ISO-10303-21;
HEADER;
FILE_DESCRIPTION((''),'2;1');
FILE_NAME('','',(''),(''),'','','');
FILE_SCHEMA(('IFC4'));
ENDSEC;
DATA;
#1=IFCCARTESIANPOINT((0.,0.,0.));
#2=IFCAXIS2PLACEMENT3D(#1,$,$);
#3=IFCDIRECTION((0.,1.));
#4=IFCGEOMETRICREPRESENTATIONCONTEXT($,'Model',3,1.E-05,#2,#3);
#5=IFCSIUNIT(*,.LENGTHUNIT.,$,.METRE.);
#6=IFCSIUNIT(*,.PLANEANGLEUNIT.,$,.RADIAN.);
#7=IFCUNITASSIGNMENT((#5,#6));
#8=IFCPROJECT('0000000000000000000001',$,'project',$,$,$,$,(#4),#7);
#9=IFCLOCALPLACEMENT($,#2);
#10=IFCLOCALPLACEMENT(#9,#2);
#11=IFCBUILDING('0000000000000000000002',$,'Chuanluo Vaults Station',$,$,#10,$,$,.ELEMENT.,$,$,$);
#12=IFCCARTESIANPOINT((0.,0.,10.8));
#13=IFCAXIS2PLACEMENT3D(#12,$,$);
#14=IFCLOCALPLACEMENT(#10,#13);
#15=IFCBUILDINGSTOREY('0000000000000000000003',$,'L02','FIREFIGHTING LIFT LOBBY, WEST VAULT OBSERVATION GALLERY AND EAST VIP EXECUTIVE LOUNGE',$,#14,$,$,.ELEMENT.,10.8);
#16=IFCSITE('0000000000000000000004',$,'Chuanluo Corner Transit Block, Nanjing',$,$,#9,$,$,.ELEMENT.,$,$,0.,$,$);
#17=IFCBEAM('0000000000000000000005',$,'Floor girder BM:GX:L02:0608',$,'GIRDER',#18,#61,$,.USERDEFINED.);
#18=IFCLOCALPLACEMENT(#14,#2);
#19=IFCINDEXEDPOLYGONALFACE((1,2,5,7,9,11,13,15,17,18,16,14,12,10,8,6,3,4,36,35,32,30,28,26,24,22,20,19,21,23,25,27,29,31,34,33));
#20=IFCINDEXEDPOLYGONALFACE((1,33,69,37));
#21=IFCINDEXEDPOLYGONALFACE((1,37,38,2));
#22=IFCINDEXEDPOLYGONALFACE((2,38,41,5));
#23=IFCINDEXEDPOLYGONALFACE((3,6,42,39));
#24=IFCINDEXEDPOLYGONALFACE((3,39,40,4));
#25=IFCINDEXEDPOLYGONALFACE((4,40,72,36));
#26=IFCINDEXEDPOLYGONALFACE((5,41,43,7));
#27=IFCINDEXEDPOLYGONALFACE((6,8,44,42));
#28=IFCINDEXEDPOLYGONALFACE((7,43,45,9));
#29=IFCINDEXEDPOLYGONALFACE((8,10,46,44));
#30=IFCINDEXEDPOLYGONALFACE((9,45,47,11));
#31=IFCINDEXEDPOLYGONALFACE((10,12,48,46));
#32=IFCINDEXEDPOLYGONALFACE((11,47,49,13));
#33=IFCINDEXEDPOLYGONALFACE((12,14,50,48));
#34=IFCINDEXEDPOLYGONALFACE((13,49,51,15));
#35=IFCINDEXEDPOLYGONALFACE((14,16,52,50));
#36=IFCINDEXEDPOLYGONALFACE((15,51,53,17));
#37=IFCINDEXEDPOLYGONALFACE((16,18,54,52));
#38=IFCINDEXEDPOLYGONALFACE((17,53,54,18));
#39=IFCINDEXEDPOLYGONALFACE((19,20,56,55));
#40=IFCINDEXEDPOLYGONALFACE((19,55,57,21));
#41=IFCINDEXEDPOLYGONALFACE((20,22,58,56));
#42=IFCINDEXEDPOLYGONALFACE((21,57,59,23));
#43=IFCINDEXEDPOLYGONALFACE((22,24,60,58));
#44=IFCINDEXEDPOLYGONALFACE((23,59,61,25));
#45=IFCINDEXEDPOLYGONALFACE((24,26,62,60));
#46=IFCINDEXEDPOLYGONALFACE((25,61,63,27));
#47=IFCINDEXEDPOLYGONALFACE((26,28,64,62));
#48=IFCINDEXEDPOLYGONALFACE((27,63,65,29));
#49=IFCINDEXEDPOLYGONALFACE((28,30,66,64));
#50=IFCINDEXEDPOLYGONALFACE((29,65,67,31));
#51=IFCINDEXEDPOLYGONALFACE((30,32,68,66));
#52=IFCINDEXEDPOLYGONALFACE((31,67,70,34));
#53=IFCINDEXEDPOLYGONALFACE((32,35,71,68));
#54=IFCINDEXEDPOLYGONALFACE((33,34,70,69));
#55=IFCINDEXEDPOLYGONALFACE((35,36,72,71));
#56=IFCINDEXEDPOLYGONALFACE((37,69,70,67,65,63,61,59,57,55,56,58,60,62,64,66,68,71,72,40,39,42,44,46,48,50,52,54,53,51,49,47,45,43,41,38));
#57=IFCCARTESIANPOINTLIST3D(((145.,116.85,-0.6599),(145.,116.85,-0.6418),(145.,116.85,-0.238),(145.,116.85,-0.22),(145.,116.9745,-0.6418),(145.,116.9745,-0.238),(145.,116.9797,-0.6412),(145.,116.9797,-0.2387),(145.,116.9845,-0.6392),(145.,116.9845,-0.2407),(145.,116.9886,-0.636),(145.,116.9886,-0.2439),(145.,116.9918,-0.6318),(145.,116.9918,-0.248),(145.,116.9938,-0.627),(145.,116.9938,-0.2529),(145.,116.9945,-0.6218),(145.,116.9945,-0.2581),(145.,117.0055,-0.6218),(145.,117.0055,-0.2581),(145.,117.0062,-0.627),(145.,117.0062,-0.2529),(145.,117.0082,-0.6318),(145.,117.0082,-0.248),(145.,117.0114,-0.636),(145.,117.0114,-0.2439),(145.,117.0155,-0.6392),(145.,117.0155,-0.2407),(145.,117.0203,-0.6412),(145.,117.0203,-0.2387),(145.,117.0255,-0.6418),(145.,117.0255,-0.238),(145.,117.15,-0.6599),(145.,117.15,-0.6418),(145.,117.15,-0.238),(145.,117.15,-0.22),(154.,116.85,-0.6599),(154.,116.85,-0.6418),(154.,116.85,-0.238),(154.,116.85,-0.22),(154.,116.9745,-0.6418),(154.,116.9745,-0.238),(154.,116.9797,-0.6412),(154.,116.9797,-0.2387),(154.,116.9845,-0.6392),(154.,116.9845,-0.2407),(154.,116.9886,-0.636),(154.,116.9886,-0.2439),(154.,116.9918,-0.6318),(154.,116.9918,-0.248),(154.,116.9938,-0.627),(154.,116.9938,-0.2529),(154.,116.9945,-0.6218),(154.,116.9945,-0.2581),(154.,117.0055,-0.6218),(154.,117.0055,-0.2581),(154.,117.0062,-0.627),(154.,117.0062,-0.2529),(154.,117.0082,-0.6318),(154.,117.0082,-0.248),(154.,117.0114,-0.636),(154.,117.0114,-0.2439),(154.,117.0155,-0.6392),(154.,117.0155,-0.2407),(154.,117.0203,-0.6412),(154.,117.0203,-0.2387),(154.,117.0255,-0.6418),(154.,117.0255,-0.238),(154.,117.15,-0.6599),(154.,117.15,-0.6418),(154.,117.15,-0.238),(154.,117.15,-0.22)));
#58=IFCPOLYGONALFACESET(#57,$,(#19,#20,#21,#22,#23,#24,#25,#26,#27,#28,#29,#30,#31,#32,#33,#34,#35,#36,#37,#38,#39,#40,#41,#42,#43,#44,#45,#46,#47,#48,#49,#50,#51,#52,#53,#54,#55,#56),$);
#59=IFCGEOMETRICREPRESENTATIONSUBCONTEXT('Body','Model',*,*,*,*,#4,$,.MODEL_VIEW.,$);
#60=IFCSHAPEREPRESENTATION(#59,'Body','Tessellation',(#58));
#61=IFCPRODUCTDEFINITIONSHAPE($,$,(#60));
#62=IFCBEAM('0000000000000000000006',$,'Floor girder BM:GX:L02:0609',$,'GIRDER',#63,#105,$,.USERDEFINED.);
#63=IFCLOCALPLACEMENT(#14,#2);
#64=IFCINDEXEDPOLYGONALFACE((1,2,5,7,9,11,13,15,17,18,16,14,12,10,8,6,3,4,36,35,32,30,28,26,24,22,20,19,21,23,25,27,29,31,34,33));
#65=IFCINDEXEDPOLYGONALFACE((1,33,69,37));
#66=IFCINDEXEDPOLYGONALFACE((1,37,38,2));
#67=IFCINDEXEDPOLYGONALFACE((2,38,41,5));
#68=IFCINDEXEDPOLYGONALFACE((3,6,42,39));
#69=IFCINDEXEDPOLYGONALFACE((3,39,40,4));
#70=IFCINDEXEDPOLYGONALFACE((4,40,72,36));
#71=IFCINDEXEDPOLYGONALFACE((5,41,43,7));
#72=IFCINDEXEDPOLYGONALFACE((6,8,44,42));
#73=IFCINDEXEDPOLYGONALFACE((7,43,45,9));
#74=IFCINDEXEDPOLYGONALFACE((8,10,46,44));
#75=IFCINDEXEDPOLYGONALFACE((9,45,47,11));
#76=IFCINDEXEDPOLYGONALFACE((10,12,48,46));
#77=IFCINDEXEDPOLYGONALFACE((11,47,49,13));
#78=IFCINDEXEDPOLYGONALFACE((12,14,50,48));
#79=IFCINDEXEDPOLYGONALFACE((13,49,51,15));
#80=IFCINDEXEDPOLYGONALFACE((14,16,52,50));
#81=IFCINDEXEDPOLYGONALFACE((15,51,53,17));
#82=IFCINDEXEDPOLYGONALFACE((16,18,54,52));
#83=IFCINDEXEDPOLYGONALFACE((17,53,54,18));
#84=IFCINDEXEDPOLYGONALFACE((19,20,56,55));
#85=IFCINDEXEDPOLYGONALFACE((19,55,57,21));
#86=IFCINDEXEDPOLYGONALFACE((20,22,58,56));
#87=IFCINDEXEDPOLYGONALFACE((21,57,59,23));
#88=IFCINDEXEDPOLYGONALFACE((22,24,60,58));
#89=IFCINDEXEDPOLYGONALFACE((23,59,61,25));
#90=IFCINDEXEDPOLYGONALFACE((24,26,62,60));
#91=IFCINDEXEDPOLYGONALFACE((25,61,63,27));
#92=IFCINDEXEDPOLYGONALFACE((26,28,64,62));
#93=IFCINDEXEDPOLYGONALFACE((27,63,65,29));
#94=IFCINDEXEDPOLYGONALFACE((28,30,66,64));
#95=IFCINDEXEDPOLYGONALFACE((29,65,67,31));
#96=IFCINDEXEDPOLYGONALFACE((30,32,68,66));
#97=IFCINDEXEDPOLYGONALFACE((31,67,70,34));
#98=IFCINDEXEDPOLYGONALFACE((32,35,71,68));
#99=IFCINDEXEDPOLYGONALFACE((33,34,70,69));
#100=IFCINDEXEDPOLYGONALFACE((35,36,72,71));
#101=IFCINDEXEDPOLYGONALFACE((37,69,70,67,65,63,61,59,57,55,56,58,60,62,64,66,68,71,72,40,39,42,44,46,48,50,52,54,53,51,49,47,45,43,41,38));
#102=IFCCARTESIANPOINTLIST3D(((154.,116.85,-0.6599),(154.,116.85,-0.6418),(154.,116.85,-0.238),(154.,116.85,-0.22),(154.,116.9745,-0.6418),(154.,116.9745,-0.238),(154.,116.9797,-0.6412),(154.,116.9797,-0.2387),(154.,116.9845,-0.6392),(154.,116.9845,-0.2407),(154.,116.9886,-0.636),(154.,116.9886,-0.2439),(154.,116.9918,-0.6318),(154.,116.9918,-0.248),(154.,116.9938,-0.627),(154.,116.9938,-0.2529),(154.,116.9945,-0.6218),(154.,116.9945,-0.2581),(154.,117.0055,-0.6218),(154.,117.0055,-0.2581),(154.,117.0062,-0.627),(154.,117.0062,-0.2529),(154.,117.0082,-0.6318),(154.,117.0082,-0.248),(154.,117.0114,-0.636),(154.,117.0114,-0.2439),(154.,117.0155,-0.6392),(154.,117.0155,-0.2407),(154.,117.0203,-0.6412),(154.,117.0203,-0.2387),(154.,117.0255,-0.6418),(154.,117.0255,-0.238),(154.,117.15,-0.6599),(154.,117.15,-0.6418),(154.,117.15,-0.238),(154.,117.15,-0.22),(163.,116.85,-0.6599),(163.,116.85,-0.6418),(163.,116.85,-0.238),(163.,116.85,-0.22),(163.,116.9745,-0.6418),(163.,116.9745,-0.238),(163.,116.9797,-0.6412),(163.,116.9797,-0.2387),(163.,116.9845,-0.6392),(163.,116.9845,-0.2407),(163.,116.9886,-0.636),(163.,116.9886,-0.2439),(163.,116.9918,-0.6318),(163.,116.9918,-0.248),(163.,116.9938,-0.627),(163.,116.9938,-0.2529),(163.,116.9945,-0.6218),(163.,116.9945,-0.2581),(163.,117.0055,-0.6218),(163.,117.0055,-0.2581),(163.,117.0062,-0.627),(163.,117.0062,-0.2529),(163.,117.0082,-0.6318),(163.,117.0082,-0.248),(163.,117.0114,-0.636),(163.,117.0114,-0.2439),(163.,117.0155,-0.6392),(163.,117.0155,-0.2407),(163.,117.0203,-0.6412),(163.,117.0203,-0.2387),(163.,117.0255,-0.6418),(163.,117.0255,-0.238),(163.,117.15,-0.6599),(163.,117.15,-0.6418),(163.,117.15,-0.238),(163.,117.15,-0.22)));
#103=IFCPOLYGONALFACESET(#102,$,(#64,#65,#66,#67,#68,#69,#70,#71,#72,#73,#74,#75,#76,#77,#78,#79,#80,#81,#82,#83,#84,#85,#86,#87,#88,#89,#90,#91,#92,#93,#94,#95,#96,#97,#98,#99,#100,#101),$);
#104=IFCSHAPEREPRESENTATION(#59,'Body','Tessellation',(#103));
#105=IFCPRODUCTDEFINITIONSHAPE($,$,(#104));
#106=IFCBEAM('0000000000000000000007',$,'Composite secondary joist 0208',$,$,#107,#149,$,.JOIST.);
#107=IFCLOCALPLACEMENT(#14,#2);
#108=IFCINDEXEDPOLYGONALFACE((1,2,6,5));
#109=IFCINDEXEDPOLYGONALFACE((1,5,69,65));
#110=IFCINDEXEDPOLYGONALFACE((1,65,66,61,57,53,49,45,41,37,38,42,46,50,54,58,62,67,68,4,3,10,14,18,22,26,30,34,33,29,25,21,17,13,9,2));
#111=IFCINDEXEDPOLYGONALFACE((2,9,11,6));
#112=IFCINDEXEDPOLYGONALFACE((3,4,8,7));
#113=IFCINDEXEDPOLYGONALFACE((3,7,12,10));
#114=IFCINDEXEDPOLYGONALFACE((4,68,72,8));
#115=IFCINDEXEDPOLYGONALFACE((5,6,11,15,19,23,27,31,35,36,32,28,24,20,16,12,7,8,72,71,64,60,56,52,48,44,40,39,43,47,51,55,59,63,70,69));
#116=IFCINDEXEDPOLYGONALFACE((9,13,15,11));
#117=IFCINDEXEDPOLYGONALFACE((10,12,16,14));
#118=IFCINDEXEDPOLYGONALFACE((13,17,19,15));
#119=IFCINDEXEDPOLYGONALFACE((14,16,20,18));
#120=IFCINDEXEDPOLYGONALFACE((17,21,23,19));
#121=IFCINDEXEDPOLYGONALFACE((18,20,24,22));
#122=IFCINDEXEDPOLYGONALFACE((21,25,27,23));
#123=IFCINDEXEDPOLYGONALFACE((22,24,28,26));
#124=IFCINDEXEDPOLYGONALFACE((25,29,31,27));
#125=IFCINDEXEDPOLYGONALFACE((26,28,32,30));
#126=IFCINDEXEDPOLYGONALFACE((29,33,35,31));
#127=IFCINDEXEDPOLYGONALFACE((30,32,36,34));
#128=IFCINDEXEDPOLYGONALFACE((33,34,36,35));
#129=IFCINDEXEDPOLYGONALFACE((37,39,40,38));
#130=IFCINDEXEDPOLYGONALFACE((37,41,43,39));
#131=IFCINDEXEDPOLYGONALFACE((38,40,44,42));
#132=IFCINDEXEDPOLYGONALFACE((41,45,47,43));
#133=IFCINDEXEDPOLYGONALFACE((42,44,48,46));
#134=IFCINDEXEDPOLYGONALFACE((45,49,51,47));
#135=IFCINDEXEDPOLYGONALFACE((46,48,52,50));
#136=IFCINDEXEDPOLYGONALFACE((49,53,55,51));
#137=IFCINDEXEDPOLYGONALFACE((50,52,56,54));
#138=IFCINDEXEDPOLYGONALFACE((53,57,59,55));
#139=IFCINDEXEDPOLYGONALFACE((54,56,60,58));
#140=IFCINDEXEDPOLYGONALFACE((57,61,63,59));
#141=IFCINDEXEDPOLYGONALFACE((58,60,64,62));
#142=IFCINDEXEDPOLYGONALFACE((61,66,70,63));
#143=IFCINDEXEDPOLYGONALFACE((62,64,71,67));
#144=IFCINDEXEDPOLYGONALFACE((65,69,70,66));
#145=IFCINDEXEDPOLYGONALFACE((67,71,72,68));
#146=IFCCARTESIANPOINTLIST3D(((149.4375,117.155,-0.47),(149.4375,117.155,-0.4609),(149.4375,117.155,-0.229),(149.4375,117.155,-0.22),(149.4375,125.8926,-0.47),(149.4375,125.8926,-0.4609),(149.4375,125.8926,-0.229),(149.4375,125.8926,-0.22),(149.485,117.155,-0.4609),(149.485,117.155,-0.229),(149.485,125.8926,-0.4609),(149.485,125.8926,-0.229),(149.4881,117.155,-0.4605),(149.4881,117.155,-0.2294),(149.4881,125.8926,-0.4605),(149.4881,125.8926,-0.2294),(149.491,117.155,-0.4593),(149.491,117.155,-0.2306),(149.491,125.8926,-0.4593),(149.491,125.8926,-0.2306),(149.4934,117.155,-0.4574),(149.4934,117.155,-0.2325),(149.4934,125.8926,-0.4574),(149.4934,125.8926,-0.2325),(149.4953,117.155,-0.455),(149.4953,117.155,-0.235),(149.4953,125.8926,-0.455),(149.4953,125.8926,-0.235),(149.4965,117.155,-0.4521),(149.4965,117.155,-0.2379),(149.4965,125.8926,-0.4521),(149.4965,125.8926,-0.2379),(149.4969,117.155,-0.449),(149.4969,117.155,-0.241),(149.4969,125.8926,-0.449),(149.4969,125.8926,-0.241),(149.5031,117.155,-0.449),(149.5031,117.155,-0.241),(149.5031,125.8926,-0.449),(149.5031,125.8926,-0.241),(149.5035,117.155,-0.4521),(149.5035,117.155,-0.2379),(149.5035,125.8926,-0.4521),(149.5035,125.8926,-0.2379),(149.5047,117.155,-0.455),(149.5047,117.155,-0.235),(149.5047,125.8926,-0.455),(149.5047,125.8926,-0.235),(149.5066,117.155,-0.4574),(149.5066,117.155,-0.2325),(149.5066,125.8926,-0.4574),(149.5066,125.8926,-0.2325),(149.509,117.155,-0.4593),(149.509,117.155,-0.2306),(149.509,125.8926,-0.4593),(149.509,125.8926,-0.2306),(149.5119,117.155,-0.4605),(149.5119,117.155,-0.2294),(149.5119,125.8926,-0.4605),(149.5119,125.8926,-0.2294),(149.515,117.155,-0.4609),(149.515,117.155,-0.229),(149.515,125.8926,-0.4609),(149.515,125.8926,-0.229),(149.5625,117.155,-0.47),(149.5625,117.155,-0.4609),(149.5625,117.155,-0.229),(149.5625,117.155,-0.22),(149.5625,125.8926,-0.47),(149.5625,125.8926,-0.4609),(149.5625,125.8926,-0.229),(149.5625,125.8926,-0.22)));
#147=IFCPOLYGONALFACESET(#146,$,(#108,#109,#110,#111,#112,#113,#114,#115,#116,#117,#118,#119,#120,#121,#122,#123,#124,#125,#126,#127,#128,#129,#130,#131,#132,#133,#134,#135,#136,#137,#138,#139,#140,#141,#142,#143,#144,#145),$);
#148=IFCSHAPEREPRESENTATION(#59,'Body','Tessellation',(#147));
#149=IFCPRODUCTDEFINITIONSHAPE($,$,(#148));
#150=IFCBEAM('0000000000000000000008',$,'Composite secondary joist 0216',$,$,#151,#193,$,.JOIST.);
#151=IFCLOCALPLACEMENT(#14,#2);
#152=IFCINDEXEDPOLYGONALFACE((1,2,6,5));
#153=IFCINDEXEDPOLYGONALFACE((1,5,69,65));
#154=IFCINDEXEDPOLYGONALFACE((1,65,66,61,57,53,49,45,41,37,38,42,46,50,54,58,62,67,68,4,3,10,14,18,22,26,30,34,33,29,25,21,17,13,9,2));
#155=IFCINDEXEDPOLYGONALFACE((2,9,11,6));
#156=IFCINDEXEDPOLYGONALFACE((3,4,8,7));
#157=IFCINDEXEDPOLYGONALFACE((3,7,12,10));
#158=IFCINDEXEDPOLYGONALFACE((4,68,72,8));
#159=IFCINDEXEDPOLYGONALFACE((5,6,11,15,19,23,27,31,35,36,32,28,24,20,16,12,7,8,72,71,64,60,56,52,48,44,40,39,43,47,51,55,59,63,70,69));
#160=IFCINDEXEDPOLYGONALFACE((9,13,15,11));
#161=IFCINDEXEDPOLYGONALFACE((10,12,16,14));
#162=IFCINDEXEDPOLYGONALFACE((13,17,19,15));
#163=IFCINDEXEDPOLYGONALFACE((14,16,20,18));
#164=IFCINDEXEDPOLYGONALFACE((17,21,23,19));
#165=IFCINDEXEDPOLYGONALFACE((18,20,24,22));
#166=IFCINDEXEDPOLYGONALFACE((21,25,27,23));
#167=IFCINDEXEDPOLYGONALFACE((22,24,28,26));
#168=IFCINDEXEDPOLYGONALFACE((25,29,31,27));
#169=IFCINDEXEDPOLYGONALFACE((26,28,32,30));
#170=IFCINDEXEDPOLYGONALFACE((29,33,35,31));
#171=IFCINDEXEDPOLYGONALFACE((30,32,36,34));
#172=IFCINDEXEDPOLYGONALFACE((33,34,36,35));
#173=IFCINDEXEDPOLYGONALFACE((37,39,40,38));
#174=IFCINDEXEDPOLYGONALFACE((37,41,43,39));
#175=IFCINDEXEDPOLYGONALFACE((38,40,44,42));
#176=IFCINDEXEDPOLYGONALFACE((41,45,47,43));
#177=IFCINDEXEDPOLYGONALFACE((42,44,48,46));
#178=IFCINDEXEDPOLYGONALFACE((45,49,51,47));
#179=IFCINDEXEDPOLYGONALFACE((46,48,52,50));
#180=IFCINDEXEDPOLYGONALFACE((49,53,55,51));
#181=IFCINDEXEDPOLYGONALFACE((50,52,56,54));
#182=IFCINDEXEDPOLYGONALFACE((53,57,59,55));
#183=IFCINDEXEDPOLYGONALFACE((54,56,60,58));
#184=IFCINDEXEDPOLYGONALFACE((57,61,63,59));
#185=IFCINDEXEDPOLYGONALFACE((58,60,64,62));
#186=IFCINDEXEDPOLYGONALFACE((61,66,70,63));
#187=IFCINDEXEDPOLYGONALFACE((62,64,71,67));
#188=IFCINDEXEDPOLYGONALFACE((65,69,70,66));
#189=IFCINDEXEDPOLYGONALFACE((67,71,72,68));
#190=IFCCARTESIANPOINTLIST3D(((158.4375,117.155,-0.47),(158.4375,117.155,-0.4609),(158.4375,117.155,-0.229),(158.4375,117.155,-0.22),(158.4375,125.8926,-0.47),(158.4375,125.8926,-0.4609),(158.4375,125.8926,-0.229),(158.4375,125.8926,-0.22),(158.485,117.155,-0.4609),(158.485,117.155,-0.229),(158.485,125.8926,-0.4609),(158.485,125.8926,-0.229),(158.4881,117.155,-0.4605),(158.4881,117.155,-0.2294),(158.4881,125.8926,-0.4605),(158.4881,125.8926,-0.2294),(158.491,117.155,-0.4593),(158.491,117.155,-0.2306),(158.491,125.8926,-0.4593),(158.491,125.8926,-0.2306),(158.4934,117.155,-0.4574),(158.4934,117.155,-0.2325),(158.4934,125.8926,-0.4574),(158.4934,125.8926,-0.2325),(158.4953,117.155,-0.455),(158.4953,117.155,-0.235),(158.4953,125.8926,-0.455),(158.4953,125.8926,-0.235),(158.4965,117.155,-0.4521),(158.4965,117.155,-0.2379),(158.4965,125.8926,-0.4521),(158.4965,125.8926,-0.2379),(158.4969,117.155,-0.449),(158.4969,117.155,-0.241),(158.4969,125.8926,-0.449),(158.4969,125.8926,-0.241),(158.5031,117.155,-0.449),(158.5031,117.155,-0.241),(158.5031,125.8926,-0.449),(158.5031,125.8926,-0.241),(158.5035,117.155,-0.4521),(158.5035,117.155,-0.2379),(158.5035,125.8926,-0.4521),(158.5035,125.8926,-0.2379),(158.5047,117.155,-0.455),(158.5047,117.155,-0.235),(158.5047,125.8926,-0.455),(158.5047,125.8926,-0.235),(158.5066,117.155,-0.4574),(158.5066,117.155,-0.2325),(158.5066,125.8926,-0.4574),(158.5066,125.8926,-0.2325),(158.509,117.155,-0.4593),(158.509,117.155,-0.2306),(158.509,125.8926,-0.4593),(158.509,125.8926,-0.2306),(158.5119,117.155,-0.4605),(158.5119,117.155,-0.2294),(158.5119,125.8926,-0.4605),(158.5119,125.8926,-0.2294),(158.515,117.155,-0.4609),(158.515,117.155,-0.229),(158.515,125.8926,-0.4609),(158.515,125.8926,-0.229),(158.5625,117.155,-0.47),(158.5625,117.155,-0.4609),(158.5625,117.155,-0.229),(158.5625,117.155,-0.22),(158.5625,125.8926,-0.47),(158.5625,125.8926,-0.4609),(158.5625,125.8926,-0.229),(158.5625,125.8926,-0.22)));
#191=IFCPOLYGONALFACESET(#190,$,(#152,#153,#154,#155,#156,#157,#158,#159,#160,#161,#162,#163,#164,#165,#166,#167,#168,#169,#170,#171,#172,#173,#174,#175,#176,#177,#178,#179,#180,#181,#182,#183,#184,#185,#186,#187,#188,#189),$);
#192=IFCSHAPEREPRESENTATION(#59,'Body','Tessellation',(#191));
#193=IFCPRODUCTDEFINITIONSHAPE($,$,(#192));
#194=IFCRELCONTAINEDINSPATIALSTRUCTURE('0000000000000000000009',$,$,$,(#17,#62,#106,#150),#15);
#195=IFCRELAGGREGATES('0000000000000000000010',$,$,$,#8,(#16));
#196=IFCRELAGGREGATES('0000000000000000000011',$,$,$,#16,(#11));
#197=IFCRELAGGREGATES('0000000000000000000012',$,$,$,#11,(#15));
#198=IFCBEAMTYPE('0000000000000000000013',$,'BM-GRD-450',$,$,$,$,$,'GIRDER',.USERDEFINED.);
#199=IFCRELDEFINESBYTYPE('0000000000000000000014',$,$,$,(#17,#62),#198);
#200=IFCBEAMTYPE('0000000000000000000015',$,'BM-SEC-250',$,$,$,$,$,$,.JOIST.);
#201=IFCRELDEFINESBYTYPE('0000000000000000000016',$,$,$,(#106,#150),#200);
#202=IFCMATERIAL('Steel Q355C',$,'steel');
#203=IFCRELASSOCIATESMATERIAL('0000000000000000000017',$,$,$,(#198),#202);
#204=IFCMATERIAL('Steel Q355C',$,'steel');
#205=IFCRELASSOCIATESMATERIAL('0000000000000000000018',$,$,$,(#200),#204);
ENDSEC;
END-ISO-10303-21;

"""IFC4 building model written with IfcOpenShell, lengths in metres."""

from ifc_helpers import new_model, si_unit, direction, frame, origin, origin_2d, place, context, subcontext, project, spatial, i_section, extrude, material, material_profile, profile_set, type_object, element, save


model = new_model("IFC4")

# Units and contexts
model_context = context("Model", 3, precision=1e-05, world=origin(), true_north=direction((0.0, 1.0)))
body_context = subcontext(model_context, "Body", "Model", "MODEL_VIEW")
ifc_project = project(units=[si_unit("LENGTHUNIT", "METRE"), si_unit("PLANEANGLEUNIT", "RADIAN")], contexts=[model_context])

# Site, building, storey
site_placement = place(None, origin())
site = spatial("IfcSite", under=ifc_project, at=site_placement, Name="Chuanluo Corner Transit Block, Nanjing", CompositionType="ELEMENT", RefElevation=0.0)
building_placement = place(site_placement, origin())
building = spatial("IfcBuilding", under=site, at=building_placement, Name="Chuanluo Vaults Station", CompositionType="ELEMENT")
storey_placement = place(building_placement, frame((0.0, 0.0, 10.8)))
storey = spatial("IfcBuildingStorey", under=building, at=storey_placement, Name="L02", Description="FIREFIGHTING LIFT LOBBY, WEST VAULT OBSERVATION GALLERY AND EAST VIP EXECUTIVE LOUNGE", CompositionType="ELEMENT", Elevation=10.8)

# Beams
ifc_material_1 = material(Name="Steel Q355C", Category="steel")
ifc_material_profile_1 = material_profile(ifc_material_1, i_section(OverallWidth=0.3, OverallDepth=0.4399, WebThickness=0.011, FlangeThickness=0.0181, FilletRadius=0.02, at=origin_2d()))
ifc_profile_set_1 = profile_set([ifc_material_profile_1], Name="Steel Q355C")
beam_type_1 = type_object("IfcBeamType", Name="BM-GRD-450", ElementType="GIRDER", PredefinedType="USERDEFINED", material=ifc_profile_set_1)
for number, where, z_axis, x_axis, name in (
    (1, (145.0, 117.0, -0.4399), (1.0, 0.0, 0.0), (0.0, 1.0, 0.0), "Floor girder BM:GX:L02:0608"),
    (2, (154.0, 117.0, -0.4399), (1.0, 0.0, 0.0), (0.0, 1.0, 0.0), "Floor girder BM:GX:L02:0609"),
):
    element("IfcBeam", number, at=place(storey_placement, frame(where, z_axis=z_axis, x_axis=x_axis)), inside=storey, type_object=beam_type_1, Name=name, ObjectType="GIRDER", PredefinedType="USERDEFINED", context=body_context, shape_type="SweptSolid", body=[
        extrude(i_section(OverallWidth=0.3, OverallDepth=0.4399, WebThickness=0.011, FlangeThickness=0.0181, FilletRadius=0.02, at=origin_2d()), origin(), (0.0, 0.0, 1.0), 9.0),
    ])
ifc_material_2 = material(Name="Steel Q355C", Category="steel")
ifc_material_profile_2 = material_profile(ifc_material_2, i_section(OverallWidth=0.125, OverallDepth=0.25, WebThickness=0.0061, FlangeThickness=0.009, FilletRadius=0.012, at=origin_2d()))
ifc_profile_set_2 = profile_set([ifc_material_profile_2], Name="Steel Q355C")
beam_type_2 = type_object("IfcBeamType", Name="BM-SEC-250", PredefinedType="JOIST", material=ifc_profile_set_2)
for number, where, z_axis, x_axis, name in (
    (3, (149.5, 117.155, -0.345), (0.0, 1.0, 0.0), (-1.0, 0.0, 0.0), "Composite secondary joist 0208"),
    (4, (158.5, 117.155, -0.345), (0.0, 1.0, 0.0), (-1.0, 0.0, 0.0), "Composite secondary joist 0216"),
):
    element("IfcBeam", number, at=place(storey_placement, frame(where, z_axis=z_axis, x_axis=x_axis)), inside=storey, type_object=beam_type_2, Name=name, PredefinedType="JOIST", context=body_context, shape_type="SweptSolid", body=[
        extrude(i_section(OverallWidth=0.125, OverallDepth=0.25, WebThickness=0.0061, FlangeThickness=0.009, FilletRadius=0.012, at=origin_2d()), origin(), (0.0, 0.0, 1.0), 8.7375),
    ])

save(model, "model.ifc")
